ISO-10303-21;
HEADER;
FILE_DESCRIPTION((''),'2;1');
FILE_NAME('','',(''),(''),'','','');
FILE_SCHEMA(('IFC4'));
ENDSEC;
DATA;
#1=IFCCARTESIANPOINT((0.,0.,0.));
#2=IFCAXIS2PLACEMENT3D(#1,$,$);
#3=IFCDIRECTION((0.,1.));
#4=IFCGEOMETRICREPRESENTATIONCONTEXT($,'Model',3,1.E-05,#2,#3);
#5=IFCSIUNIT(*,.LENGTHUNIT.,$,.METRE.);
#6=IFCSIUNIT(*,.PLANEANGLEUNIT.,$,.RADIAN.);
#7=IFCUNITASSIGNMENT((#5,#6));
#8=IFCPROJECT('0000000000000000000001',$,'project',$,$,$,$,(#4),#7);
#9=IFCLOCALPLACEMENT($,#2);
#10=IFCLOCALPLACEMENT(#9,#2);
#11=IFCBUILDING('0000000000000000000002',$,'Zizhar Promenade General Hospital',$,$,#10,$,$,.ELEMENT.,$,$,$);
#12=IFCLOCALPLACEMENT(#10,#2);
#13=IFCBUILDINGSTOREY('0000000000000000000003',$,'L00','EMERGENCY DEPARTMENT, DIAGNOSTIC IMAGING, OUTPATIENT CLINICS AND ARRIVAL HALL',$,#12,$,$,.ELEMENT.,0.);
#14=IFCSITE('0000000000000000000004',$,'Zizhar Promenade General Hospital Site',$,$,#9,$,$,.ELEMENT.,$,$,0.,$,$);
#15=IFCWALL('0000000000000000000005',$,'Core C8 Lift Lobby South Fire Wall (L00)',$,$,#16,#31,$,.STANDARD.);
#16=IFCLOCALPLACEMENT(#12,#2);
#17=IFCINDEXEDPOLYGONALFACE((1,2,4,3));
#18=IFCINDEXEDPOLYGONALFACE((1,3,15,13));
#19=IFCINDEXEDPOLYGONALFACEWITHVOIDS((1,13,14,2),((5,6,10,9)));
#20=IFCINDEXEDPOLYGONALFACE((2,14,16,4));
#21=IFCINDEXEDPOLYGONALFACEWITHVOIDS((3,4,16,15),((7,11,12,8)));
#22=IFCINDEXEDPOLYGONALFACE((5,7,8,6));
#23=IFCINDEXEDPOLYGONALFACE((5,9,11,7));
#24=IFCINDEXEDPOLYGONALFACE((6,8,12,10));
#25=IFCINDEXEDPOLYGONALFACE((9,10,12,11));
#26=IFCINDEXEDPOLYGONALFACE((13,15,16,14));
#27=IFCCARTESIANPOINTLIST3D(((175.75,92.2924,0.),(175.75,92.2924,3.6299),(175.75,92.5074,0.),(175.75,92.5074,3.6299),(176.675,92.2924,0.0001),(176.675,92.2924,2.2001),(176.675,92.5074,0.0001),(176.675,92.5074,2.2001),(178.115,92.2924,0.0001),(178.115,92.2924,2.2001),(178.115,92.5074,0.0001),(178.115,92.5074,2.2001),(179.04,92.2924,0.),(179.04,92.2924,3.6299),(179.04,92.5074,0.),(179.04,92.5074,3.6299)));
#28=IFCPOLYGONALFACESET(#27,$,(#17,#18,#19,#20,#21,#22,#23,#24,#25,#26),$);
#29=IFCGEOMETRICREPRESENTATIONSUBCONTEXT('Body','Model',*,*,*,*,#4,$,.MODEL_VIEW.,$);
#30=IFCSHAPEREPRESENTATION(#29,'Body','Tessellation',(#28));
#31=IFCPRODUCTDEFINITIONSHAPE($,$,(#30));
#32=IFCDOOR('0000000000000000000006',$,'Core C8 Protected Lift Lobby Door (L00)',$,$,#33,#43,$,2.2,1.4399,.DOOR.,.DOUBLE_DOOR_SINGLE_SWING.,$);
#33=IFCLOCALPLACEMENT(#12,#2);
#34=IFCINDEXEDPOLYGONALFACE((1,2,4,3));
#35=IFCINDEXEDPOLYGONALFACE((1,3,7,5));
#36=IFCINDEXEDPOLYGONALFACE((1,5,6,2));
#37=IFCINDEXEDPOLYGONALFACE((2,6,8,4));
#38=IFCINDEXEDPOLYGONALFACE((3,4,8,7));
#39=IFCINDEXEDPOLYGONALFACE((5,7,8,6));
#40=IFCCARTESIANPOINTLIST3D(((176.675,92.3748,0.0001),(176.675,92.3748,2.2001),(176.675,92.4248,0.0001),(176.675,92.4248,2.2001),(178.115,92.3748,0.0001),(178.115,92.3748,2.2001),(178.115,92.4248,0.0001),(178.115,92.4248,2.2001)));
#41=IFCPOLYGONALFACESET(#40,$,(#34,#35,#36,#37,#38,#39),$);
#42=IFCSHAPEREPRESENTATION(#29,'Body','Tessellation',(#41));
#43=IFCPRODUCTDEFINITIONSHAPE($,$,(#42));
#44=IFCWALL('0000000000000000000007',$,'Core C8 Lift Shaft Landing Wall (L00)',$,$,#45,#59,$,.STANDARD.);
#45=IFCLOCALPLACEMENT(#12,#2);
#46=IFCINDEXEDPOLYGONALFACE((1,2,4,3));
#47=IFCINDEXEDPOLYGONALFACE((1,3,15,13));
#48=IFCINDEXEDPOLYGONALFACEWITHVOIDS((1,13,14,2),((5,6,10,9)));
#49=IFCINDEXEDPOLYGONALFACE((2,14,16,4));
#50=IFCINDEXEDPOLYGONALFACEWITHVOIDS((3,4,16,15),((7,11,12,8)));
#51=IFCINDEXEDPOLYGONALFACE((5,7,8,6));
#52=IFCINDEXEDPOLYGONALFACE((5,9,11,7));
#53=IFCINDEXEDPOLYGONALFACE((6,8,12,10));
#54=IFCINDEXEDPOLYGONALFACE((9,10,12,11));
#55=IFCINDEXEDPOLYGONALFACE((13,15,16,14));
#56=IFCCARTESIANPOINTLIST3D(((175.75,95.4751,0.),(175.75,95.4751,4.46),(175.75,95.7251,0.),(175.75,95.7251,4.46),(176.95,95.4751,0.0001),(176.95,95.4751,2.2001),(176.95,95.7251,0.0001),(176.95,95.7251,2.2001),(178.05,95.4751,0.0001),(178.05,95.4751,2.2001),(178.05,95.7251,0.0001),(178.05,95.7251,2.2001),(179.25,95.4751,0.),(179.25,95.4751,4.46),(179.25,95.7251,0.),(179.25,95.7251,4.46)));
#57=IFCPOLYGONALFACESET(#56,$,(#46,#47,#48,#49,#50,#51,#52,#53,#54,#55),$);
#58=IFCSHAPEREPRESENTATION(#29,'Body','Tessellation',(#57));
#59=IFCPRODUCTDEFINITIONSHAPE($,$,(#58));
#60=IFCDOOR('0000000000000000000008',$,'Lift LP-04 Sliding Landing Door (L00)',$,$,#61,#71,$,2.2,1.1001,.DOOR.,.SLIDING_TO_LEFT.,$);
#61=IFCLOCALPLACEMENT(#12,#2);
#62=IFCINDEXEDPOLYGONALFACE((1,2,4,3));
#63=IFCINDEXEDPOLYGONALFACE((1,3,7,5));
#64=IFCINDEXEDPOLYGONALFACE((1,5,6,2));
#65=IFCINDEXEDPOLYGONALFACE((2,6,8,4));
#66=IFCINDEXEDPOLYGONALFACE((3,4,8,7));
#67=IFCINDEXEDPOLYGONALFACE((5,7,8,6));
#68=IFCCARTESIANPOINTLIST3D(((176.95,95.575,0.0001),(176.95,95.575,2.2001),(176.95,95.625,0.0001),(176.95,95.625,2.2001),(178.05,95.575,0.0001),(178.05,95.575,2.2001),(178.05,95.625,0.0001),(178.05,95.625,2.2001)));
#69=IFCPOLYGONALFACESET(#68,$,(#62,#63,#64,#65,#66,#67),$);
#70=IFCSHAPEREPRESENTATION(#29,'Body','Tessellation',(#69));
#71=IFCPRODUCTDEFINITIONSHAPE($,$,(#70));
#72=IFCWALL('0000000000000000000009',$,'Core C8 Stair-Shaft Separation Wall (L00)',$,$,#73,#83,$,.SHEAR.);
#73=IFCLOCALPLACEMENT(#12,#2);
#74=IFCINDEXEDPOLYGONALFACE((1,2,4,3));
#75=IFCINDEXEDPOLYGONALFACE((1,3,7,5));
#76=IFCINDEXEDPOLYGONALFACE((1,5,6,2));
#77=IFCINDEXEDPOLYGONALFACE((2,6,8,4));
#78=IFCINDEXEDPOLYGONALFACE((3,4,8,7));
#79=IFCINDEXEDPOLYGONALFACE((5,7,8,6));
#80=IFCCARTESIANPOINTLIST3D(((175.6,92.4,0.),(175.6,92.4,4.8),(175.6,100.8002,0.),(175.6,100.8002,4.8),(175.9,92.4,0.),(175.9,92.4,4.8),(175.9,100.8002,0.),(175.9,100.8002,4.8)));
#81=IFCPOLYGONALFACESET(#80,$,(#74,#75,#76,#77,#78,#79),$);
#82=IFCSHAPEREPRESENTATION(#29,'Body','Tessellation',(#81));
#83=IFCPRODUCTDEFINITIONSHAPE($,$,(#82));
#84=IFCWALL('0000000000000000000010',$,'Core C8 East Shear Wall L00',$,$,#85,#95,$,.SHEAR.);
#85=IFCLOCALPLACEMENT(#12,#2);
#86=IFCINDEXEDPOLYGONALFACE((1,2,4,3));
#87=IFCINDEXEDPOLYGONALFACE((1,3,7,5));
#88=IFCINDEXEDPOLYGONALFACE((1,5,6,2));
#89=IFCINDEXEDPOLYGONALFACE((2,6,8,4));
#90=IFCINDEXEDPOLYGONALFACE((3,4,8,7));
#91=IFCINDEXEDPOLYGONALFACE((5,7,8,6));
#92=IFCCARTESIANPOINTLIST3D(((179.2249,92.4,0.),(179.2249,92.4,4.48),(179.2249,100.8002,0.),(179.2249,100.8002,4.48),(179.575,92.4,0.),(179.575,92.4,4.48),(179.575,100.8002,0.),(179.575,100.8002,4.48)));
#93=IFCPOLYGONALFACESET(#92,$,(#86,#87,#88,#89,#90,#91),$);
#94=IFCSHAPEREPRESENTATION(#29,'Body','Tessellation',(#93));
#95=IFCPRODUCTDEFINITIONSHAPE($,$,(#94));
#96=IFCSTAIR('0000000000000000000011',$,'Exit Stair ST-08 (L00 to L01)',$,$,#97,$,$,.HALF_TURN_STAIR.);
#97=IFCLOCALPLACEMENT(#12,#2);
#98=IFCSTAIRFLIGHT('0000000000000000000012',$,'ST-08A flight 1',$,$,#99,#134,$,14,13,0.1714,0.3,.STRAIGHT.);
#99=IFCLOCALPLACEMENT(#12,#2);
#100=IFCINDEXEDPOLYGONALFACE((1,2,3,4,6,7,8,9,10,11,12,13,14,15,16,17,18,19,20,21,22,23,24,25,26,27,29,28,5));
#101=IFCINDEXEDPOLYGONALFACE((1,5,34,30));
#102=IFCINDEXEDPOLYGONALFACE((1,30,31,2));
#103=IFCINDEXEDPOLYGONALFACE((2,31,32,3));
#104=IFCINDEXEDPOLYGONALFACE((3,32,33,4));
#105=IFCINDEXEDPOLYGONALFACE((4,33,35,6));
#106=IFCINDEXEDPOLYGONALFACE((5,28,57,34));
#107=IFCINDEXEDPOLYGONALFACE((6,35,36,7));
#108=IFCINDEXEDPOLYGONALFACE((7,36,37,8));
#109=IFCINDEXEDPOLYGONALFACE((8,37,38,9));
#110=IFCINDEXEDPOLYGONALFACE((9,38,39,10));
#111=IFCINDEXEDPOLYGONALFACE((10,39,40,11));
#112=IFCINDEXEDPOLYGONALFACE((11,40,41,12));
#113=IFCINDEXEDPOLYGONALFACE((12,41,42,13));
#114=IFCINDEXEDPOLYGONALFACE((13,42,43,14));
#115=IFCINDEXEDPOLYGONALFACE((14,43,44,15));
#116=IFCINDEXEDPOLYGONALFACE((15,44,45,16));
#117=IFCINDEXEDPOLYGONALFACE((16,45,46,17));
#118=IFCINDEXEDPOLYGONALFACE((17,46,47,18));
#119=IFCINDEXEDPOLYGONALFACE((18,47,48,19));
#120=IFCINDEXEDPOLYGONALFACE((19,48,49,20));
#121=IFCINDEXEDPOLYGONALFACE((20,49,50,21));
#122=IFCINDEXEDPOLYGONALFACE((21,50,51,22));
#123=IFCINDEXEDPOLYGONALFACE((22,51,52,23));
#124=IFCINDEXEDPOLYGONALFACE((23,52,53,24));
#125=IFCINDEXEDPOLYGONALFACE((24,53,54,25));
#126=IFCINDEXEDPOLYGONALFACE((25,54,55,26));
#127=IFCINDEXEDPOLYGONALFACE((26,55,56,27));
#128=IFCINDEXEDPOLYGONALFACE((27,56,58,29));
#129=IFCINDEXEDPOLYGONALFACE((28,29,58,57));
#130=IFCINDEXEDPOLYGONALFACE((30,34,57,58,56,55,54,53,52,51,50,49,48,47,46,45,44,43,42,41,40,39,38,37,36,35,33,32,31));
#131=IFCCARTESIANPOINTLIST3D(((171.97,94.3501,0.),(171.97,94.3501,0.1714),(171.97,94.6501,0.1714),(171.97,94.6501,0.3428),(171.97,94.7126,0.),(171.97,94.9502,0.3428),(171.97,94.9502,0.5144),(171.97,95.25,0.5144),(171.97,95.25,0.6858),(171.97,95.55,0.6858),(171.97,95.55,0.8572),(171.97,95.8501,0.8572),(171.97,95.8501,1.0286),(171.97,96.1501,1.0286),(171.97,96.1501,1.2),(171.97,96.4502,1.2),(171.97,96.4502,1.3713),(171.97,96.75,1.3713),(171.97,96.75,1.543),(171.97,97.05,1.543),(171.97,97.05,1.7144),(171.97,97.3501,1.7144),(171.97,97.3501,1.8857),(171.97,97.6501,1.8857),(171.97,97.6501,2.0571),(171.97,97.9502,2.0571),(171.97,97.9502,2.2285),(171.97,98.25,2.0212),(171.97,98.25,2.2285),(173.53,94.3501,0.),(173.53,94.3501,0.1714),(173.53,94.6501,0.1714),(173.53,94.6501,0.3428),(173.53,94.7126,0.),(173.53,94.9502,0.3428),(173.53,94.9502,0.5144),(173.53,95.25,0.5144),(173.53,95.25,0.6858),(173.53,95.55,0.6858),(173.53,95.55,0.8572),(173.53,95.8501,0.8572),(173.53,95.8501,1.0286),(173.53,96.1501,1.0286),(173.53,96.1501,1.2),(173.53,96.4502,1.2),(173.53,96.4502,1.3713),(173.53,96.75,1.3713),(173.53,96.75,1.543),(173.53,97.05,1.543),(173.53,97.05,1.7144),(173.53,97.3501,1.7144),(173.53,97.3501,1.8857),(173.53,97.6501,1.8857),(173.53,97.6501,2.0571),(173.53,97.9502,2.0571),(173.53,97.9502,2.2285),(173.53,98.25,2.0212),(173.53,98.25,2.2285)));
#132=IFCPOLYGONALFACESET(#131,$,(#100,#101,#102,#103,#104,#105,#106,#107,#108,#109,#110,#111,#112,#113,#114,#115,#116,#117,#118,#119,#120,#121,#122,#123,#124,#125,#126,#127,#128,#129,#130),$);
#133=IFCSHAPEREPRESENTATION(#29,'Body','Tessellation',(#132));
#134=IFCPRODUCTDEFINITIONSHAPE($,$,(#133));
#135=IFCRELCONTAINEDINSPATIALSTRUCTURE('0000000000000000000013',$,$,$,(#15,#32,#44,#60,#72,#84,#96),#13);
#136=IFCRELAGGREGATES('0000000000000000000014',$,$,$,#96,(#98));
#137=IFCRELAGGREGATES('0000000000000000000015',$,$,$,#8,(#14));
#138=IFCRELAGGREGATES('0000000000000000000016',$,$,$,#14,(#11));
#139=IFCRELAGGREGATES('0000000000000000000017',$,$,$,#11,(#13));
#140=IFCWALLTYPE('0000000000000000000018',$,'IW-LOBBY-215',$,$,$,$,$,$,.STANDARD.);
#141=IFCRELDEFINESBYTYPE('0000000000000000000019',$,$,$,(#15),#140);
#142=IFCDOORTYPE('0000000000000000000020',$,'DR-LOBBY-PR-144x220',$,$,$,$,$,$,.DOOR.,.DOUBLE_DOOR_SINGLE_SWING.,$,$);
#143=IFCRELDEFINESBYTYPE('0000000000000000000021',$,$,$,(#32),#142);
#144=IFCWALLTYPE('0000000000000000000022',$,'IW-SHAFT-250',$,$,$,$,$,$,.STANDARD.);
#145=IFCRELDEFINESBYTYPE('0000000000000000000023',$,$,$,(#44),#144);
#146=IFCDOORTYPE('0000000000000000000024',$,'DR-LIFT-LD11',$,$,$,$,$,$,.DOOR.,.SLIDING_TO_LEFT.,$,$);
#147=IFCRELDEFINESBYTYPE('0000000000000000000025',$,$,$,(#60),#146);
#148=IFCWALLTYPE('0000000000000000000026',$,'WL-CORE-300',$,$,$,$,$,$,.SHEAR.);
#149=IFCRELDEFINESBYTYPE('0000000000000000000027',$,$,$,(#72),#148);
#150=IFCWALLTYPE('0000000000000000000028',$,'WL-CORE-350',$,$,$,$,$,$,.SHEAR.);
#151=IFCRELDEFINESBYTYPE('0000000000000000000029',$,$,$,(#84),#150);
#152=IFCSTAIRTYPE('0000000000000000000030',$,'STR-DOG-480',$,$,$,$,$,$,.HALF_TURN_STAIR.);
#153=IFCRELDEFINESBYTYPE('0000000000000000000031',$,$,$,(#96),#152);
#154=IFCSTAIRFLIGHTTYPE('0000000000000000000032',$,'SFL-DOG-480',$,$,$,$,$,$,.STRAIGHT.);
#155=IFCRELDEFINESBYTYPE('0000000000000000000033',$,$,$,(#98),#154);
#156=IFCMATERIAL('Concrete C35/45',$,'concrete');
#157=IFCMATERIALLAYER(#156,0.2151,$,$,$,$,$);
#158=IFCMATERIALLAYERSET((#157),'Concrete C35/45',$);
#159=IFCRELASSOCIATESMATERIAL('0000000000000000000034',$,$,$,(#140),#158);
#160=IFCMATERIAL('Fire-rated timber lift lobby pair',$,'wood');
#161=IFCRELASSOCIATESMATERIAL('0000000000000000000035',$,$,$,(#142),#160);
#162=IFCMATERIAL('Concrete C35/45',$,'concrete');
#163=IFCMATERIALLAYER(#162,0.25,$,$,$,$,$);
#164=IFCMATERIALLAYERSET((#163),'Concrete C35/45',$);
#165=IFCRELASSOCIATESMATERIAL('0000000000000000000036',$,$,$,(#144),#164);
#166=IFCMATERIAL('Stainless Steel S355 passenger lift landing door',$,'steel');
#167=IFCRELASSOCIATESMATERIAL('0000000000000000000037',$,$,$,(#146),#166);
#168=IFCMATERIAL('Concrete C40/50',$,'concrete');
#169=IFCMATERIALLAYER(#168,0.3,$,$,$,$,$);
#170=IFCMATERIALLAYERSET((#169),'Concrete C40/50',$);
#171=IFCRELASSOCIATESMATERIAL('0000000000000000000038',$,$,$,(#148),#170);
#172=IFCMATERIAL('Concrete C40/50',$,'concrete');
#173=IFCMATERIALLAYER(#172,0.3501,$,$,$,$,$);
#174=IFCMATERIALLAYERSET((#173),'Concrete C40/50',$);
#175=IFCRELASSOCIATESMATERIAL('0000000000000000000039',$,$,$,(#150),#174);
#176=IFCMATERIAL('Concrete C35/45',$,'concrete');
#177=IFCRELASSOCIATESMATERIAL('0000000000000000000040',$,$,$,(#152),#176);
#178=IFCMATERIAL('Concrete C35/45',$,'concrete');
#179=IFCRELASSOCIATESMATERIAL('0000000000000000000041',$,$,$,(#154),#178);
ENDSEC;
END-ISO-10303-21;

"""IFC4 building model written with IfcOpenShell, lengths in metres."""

from ifc_helpers import new_model, si_unit, direction, frame, frame_2d, origin, place, context, subcontext, project, spatial, polyline, rectangle, outline, extrude, material, layer, layer_set, type_object, element, fill, aggregate, save


model = new_model("IFC4")

# Units and contexts
model_context = context("Model", 3, precision=1e-05, world=origin(), true_north=direction((0.0, 1.0)))
body_context = subcontext(model_context, "Body", "Model", "MODEL_VIEW")
ifc_project = project(units=[si_unit("LENGTHUNIT", "METRE"), si_unit("PLANEANGLEUNIT", "RADIAN")], contexts=[model_context])

# Site, building, storey
site_placement = place(None, origin())
site = spatial("IfcSite", under=ifc_project, at=site_placement, Name="Zizhar Promenade General Hospital Site", CompositionType="ELEMENT", RefElevation=0.0)
building_placement = place(site_placement, origin())
building = spatial("IfcBuilding", under=site, at=building_placement, Name="Zizhar Promenade General Hospital", CompositionType="ELEMENT")
storey_placement = place(building_placement, origin())
storey = spatial("IfcBuildingStorey", under=building, at=storey_placement, Name="L00", Description="EMERGENCY DEPARTMENT, DIAGNOSTIC IMAGING, OUTPATIENT CLINICS AND ARRIVAL HALL", CompositionType="ELEMENT", Elevation=0.0)

# Walls, openings, doors
ifc_material_1 = material(Name="Concrete C35/45", Category="concrete")
ifc_layer_1 = layer(ifc_material_1, 0.2151)
ifc_layer_set_1 = layer_set([ifc_layer_1], Name="Concrete C35/45")
wall_type_1 = type_object("IfcWallType", Name="IW-LOBBY-215", PredefinedType="STANDARD", material=ifc_layer_set_1)
wall_1_placement = place(storey_placement, frame((175.75, 92.3999, 0.0), z_axis=(0.0, 0.0, 1.0), x_axis=(1.0, 0.0, 0.0)))
wall_1 = element("IfcWall", 1, at=wall_1_placement, inside=storey, type_object=wall_type_1, Name="Core C8 Lift Lobby South Fire Wall (L00)", PredefinedType="STANDARD", context=body_context, shape_type="SweptSolid", body=[
    extrude(rectangle(XDim=3.29, YDim=0.2151, at=frame_2d((1.645, 0.0))), origin(), (0.0, 0.0, 1.0), 3.6299),
])
opening_1_placement = place(wall_1_placement, frame((0.925, 0.0, 0.0)))
opening_1 = element("IfcOpeningElement", 2, at=opening_1_placement, cuts=wall_1, PredefinedType="OPENING", context=body_context, shape_type="SweptSolid", body=[
    extrude(rectangle(XDim=1.4399, YDim=2.2, at=frame_2d((0.72, 1.1001))), frame((0.0, 0.1177, 0.0), z_axis=(0.0, -1.0, 0.0), x_axis=(1.0, 0.0, 0.0)), (0.0, 0.0, 1.0), 0.2351),
])
ifc_material_2 = material(Name="Fire-rated timber lift lobby pair", Category="wood")
door_type_1 = type_object("IfcDoorType", Name="DR-LOBBY-PR-144x220", OperationType="DOUBLE_DOOR_SINGLE_SWING", PredefinedType="DOOR", material=ifc_material_2)
door_1_placement = place(opening_1_placement, origin())
door_1 = element("IfcDoor", 3, at=door_1_placement, inside=storey, type_object=door_type_1, Name="Core C8 Protected Lift Lobby Door (L00)", OperationType="DOUBLE_DOOR_SINGLE_SWING", OverallHeight=2.2, OverallWidth=1.4399, PredefinedType="DOOR", context=body_context, shape_type="SweptSolid", body=[
    extrude(rectangle(XDim=1.4399, YDim=2.2, at=frame_2d((0.72, 1.1001))), frame((0.0, 0.0249, 0.0), z_axis=(0.0, -1.0, 0.0), x_axis=(1.0, 0.0, 0.0)), (0.0, 0.0, 1.0), 0.05),
])
fill(opening_1, door_1)
ifc_material_3 = material(Name="Concrete C35/45", Category="concrete")
ifc_layer_2 = layer(ifc_material_3, 0.25)
ifc_layer_set_2 = layer_set([ifc_layer_2], Name="Concrete C35/45")
wall_type_2 = type_object("IfcWallType", Name="IW-SHAFT-250", PredefinedType="STANDARD", material=ifc_layer_set_2)
wall_2_placement = place(storey_placement, frame((175.75, 95.6001, 0.0), z_axis=(0.0, 0.0, 1.0), x_axis=(1.0, 0.0, 0.0)))
wall_2 = element("IfcWall", 4, at=wall_2_placement, inside=storey, type_object=wall_type_2, Name="Core C8 Lift Shaft Landing Wall (L00)", PredefinedType="STANDARD", context=body_context, shape_type="SweptSolid", body=[
    extrude(rectangle(XDim=3.5, YDim=0.25, at=frame_2d((1.75, 0.0))), origin(), (0.0, 0.0, 1.0), 4.46),
])
opening_2_placement = place(wall_2_placement, frame((1.2, 0.0, 0.0)))
opening_2 = element("IfcOpeningElement", 5, at=opening_2_placement, cuts=wall_2, PredefinedType="OPENING", context=body_context, shape_type="SweptSolid", body=[
    extrude(rectangle(XDim=1.1001, YDim=2.2, at=frame_2d((0.55, 1.1001))), frame((0.0, 0.135, 0.0), z_axis=(0.0, -1.0, 0.0), x_axis=(1.0, 0.0, 0.0)), (0.0, 0.0, 1.0), 0.27),
])
ifc_material_4 = material(Name="Stainless Steel S355 passenger lift landing door", Category="steel")
door_type_2 = type_object("IfcDoorType", Name="DR-LIFT-LD11", OperationType="SLIDING_TO_LEFT", PredefinedType="DOOR", material=ifc_material_4)
door_2_placement = place(opening_2_placement, origin())
door_2 = element("IfcDoor", 6, at=door_2_placement, inside=storey, type_object=door_type_2, Name="Lift LP-04 Sliding Landing Door (L00)", OperationType="SLIDING_TO_LEFT", OverallHeight=2.2, OverallWidth=1.1001, PredefinedType="DOOR", context=body_context, shape_type="SweptSolid", body=[
    extrude(rectangle(XDim=1.1001, YDim=2.2, at=frame_2d((0.55, 1.1001))), frame((0.0, 0.0249, 0.0), z_axis=(0.0, -1.0, 0.0), x_axis=(1.0, 0.0, 0.0)), (0.0, 0.0, 1.0), 0.05),
])
fill(opening_2, door_2)

# Walls
ifc_material_5 = material(Name="Concrete C40/50", Category="concrete")
ifc_layer_3 = layer(ifc_material_5, 0.3)
ifc_layer_set_3 = layer_set([ifc_layer_3], Name="Concrete C40/50")
wall_type_3 = type_object("IfcWallType", Name="WL-CORE-300", PredefinedType="SHEAR", material=ifc_layer_set_3)
wall_3_placement = place(storey_placement, frame((175.75, 92.3999, 0.0), z_axis=(0.0, 0.0, 1.0), x_axis=(0.0, 1.0, 0.0)))
element("IfcWall", 7, at=wall_3_placement, inside=storey, type_object=wall_type_3, Name="Core C8 Stair-Shaft Separation Wall (L00)", PredefinedType="SHEAR", context=body_context, shape_type="SweptSolid", body=[
    extrude(rectangle(XDim=8.4001, YDim=0.3, at=frame_2d((4.2002, 0.0))), origin(), (0.0, 0.0, 1.0), 4.8),
])
ifc_material_6 = material(Name="Concrete C40/50", Category="concrete")
ifc_layer_4 = layer(ifc_material_6, 0.3501)
ifc_layer_set_4 = layer_set([ifc_layer_4], Name="Concrete C40/50")
wall_type_4 = type_object("IfcWallType", Name="WL-CORE-350", PredefinedType="SHEAR", material=ifc_layer_set_4)
wall_4_placement = place(storey_placement, frame((179.3999, 92.3999, 0.0), z_axis=(0.0, 0.0, 1.0), x_axis=(0.0, 1.0, 0.0)))
element("IfcWall", 8, at=wall_4_placement, inside=storey, type_object=wall_type_4, Name="Core C8 East Shear Wall L00", PredefinedType="SHEAR", context=body_context, shape_type="SweptSolid", body=[
    extrude(rectangle(XDim=8.4001, YDim=0.3501, at=frame_2d((4.2002, 0.0))), origin(), (0.0, 0.0, 1.0), 4.48),
])

# Stair, stair flight
ifc_material_7 = material(Name="Concrete C35/45", Category="concrete")
stair_type = type_object("IfcStairType", Name="STR-DOG-480", PredefinedType="HALF_TURN_STAIR", material=ifc_material_7)
stair_placement = place(storey_placement, origin())
stair = element("IfcStair", 9, at=stair_placement, inside=storey, type_object=stair_type, Name="Exit Stair ST-08 (L00 to L01)", PredefinedType="HALF_TURN_STAIR")
ifc_material_8 = material(Name="Concrete C35/45", Category="concrete")
stair_flight_type = type_object("IfcStairFlightType", Name="SFL-DOG-480", PredefinedType="STRAIGHT", material=ifc_material_8)
stair_flight_1_placement = place(storey_placement, frame((172.75, 94.3501, 0.0), z_axis=(0.0, 0.0, 1.0), x_axis=(0.0, 1.0, 0.0)))
stair_flight_1 = element("IfcStairFlight", 10, at=stair_flight_1_placement, type_object=stair_flight_type, Name="ST-08A flight 1", NumberOfRisers=14, NumberOfTreads=13, PredefinedType="STRAIGHT", RiserHeight=0.1714, TreadLength=0.3, context=body_context, shape_type="SweptSolid", body=[
    extrude(outline(polyline([(0.0, 0.0), (0.0, 0.1714), (0.3, 0.1714), (0.3, 0.3428), (0.6001, 0.3428), (0.6001, 0.5144), (0.8999, 0.5144), (0.8999, 0.6858), (1.2, 0.6858), (1.2, 0.8572), (1.5, 0.8572), (1.5, 1.0286), (1.8, 1.0286), (1.8, 1.2), (2.1001, 1.2), (2.1001, 1.3713), (2.3999, 1.3713), (2.3999, 1.543), (2.7, 1.543), (2.7, 1.7144), (3.0, 1.7144), (3.0, 1.8857), (3.3, 1.8857), (3.3, 2.0571), (3.6001, 2.0571), (3.6001, 2.2285), (3.8999, 2.2285), (3.8999, 2.3999), (3.8999, 2.0212), (0.3625, 0.0), (0.0, 0.0)])), frame((0.0, 0.78, 0.0), z_axis=(0.0, -1.0, 0.0), x_axis=(1.0, 0.0, 0.0)), (0.0, 0.0, 1.0), 1.5601),
])
aggregate(stair, [stair_flight_1])

save(model, "model.ifc")
